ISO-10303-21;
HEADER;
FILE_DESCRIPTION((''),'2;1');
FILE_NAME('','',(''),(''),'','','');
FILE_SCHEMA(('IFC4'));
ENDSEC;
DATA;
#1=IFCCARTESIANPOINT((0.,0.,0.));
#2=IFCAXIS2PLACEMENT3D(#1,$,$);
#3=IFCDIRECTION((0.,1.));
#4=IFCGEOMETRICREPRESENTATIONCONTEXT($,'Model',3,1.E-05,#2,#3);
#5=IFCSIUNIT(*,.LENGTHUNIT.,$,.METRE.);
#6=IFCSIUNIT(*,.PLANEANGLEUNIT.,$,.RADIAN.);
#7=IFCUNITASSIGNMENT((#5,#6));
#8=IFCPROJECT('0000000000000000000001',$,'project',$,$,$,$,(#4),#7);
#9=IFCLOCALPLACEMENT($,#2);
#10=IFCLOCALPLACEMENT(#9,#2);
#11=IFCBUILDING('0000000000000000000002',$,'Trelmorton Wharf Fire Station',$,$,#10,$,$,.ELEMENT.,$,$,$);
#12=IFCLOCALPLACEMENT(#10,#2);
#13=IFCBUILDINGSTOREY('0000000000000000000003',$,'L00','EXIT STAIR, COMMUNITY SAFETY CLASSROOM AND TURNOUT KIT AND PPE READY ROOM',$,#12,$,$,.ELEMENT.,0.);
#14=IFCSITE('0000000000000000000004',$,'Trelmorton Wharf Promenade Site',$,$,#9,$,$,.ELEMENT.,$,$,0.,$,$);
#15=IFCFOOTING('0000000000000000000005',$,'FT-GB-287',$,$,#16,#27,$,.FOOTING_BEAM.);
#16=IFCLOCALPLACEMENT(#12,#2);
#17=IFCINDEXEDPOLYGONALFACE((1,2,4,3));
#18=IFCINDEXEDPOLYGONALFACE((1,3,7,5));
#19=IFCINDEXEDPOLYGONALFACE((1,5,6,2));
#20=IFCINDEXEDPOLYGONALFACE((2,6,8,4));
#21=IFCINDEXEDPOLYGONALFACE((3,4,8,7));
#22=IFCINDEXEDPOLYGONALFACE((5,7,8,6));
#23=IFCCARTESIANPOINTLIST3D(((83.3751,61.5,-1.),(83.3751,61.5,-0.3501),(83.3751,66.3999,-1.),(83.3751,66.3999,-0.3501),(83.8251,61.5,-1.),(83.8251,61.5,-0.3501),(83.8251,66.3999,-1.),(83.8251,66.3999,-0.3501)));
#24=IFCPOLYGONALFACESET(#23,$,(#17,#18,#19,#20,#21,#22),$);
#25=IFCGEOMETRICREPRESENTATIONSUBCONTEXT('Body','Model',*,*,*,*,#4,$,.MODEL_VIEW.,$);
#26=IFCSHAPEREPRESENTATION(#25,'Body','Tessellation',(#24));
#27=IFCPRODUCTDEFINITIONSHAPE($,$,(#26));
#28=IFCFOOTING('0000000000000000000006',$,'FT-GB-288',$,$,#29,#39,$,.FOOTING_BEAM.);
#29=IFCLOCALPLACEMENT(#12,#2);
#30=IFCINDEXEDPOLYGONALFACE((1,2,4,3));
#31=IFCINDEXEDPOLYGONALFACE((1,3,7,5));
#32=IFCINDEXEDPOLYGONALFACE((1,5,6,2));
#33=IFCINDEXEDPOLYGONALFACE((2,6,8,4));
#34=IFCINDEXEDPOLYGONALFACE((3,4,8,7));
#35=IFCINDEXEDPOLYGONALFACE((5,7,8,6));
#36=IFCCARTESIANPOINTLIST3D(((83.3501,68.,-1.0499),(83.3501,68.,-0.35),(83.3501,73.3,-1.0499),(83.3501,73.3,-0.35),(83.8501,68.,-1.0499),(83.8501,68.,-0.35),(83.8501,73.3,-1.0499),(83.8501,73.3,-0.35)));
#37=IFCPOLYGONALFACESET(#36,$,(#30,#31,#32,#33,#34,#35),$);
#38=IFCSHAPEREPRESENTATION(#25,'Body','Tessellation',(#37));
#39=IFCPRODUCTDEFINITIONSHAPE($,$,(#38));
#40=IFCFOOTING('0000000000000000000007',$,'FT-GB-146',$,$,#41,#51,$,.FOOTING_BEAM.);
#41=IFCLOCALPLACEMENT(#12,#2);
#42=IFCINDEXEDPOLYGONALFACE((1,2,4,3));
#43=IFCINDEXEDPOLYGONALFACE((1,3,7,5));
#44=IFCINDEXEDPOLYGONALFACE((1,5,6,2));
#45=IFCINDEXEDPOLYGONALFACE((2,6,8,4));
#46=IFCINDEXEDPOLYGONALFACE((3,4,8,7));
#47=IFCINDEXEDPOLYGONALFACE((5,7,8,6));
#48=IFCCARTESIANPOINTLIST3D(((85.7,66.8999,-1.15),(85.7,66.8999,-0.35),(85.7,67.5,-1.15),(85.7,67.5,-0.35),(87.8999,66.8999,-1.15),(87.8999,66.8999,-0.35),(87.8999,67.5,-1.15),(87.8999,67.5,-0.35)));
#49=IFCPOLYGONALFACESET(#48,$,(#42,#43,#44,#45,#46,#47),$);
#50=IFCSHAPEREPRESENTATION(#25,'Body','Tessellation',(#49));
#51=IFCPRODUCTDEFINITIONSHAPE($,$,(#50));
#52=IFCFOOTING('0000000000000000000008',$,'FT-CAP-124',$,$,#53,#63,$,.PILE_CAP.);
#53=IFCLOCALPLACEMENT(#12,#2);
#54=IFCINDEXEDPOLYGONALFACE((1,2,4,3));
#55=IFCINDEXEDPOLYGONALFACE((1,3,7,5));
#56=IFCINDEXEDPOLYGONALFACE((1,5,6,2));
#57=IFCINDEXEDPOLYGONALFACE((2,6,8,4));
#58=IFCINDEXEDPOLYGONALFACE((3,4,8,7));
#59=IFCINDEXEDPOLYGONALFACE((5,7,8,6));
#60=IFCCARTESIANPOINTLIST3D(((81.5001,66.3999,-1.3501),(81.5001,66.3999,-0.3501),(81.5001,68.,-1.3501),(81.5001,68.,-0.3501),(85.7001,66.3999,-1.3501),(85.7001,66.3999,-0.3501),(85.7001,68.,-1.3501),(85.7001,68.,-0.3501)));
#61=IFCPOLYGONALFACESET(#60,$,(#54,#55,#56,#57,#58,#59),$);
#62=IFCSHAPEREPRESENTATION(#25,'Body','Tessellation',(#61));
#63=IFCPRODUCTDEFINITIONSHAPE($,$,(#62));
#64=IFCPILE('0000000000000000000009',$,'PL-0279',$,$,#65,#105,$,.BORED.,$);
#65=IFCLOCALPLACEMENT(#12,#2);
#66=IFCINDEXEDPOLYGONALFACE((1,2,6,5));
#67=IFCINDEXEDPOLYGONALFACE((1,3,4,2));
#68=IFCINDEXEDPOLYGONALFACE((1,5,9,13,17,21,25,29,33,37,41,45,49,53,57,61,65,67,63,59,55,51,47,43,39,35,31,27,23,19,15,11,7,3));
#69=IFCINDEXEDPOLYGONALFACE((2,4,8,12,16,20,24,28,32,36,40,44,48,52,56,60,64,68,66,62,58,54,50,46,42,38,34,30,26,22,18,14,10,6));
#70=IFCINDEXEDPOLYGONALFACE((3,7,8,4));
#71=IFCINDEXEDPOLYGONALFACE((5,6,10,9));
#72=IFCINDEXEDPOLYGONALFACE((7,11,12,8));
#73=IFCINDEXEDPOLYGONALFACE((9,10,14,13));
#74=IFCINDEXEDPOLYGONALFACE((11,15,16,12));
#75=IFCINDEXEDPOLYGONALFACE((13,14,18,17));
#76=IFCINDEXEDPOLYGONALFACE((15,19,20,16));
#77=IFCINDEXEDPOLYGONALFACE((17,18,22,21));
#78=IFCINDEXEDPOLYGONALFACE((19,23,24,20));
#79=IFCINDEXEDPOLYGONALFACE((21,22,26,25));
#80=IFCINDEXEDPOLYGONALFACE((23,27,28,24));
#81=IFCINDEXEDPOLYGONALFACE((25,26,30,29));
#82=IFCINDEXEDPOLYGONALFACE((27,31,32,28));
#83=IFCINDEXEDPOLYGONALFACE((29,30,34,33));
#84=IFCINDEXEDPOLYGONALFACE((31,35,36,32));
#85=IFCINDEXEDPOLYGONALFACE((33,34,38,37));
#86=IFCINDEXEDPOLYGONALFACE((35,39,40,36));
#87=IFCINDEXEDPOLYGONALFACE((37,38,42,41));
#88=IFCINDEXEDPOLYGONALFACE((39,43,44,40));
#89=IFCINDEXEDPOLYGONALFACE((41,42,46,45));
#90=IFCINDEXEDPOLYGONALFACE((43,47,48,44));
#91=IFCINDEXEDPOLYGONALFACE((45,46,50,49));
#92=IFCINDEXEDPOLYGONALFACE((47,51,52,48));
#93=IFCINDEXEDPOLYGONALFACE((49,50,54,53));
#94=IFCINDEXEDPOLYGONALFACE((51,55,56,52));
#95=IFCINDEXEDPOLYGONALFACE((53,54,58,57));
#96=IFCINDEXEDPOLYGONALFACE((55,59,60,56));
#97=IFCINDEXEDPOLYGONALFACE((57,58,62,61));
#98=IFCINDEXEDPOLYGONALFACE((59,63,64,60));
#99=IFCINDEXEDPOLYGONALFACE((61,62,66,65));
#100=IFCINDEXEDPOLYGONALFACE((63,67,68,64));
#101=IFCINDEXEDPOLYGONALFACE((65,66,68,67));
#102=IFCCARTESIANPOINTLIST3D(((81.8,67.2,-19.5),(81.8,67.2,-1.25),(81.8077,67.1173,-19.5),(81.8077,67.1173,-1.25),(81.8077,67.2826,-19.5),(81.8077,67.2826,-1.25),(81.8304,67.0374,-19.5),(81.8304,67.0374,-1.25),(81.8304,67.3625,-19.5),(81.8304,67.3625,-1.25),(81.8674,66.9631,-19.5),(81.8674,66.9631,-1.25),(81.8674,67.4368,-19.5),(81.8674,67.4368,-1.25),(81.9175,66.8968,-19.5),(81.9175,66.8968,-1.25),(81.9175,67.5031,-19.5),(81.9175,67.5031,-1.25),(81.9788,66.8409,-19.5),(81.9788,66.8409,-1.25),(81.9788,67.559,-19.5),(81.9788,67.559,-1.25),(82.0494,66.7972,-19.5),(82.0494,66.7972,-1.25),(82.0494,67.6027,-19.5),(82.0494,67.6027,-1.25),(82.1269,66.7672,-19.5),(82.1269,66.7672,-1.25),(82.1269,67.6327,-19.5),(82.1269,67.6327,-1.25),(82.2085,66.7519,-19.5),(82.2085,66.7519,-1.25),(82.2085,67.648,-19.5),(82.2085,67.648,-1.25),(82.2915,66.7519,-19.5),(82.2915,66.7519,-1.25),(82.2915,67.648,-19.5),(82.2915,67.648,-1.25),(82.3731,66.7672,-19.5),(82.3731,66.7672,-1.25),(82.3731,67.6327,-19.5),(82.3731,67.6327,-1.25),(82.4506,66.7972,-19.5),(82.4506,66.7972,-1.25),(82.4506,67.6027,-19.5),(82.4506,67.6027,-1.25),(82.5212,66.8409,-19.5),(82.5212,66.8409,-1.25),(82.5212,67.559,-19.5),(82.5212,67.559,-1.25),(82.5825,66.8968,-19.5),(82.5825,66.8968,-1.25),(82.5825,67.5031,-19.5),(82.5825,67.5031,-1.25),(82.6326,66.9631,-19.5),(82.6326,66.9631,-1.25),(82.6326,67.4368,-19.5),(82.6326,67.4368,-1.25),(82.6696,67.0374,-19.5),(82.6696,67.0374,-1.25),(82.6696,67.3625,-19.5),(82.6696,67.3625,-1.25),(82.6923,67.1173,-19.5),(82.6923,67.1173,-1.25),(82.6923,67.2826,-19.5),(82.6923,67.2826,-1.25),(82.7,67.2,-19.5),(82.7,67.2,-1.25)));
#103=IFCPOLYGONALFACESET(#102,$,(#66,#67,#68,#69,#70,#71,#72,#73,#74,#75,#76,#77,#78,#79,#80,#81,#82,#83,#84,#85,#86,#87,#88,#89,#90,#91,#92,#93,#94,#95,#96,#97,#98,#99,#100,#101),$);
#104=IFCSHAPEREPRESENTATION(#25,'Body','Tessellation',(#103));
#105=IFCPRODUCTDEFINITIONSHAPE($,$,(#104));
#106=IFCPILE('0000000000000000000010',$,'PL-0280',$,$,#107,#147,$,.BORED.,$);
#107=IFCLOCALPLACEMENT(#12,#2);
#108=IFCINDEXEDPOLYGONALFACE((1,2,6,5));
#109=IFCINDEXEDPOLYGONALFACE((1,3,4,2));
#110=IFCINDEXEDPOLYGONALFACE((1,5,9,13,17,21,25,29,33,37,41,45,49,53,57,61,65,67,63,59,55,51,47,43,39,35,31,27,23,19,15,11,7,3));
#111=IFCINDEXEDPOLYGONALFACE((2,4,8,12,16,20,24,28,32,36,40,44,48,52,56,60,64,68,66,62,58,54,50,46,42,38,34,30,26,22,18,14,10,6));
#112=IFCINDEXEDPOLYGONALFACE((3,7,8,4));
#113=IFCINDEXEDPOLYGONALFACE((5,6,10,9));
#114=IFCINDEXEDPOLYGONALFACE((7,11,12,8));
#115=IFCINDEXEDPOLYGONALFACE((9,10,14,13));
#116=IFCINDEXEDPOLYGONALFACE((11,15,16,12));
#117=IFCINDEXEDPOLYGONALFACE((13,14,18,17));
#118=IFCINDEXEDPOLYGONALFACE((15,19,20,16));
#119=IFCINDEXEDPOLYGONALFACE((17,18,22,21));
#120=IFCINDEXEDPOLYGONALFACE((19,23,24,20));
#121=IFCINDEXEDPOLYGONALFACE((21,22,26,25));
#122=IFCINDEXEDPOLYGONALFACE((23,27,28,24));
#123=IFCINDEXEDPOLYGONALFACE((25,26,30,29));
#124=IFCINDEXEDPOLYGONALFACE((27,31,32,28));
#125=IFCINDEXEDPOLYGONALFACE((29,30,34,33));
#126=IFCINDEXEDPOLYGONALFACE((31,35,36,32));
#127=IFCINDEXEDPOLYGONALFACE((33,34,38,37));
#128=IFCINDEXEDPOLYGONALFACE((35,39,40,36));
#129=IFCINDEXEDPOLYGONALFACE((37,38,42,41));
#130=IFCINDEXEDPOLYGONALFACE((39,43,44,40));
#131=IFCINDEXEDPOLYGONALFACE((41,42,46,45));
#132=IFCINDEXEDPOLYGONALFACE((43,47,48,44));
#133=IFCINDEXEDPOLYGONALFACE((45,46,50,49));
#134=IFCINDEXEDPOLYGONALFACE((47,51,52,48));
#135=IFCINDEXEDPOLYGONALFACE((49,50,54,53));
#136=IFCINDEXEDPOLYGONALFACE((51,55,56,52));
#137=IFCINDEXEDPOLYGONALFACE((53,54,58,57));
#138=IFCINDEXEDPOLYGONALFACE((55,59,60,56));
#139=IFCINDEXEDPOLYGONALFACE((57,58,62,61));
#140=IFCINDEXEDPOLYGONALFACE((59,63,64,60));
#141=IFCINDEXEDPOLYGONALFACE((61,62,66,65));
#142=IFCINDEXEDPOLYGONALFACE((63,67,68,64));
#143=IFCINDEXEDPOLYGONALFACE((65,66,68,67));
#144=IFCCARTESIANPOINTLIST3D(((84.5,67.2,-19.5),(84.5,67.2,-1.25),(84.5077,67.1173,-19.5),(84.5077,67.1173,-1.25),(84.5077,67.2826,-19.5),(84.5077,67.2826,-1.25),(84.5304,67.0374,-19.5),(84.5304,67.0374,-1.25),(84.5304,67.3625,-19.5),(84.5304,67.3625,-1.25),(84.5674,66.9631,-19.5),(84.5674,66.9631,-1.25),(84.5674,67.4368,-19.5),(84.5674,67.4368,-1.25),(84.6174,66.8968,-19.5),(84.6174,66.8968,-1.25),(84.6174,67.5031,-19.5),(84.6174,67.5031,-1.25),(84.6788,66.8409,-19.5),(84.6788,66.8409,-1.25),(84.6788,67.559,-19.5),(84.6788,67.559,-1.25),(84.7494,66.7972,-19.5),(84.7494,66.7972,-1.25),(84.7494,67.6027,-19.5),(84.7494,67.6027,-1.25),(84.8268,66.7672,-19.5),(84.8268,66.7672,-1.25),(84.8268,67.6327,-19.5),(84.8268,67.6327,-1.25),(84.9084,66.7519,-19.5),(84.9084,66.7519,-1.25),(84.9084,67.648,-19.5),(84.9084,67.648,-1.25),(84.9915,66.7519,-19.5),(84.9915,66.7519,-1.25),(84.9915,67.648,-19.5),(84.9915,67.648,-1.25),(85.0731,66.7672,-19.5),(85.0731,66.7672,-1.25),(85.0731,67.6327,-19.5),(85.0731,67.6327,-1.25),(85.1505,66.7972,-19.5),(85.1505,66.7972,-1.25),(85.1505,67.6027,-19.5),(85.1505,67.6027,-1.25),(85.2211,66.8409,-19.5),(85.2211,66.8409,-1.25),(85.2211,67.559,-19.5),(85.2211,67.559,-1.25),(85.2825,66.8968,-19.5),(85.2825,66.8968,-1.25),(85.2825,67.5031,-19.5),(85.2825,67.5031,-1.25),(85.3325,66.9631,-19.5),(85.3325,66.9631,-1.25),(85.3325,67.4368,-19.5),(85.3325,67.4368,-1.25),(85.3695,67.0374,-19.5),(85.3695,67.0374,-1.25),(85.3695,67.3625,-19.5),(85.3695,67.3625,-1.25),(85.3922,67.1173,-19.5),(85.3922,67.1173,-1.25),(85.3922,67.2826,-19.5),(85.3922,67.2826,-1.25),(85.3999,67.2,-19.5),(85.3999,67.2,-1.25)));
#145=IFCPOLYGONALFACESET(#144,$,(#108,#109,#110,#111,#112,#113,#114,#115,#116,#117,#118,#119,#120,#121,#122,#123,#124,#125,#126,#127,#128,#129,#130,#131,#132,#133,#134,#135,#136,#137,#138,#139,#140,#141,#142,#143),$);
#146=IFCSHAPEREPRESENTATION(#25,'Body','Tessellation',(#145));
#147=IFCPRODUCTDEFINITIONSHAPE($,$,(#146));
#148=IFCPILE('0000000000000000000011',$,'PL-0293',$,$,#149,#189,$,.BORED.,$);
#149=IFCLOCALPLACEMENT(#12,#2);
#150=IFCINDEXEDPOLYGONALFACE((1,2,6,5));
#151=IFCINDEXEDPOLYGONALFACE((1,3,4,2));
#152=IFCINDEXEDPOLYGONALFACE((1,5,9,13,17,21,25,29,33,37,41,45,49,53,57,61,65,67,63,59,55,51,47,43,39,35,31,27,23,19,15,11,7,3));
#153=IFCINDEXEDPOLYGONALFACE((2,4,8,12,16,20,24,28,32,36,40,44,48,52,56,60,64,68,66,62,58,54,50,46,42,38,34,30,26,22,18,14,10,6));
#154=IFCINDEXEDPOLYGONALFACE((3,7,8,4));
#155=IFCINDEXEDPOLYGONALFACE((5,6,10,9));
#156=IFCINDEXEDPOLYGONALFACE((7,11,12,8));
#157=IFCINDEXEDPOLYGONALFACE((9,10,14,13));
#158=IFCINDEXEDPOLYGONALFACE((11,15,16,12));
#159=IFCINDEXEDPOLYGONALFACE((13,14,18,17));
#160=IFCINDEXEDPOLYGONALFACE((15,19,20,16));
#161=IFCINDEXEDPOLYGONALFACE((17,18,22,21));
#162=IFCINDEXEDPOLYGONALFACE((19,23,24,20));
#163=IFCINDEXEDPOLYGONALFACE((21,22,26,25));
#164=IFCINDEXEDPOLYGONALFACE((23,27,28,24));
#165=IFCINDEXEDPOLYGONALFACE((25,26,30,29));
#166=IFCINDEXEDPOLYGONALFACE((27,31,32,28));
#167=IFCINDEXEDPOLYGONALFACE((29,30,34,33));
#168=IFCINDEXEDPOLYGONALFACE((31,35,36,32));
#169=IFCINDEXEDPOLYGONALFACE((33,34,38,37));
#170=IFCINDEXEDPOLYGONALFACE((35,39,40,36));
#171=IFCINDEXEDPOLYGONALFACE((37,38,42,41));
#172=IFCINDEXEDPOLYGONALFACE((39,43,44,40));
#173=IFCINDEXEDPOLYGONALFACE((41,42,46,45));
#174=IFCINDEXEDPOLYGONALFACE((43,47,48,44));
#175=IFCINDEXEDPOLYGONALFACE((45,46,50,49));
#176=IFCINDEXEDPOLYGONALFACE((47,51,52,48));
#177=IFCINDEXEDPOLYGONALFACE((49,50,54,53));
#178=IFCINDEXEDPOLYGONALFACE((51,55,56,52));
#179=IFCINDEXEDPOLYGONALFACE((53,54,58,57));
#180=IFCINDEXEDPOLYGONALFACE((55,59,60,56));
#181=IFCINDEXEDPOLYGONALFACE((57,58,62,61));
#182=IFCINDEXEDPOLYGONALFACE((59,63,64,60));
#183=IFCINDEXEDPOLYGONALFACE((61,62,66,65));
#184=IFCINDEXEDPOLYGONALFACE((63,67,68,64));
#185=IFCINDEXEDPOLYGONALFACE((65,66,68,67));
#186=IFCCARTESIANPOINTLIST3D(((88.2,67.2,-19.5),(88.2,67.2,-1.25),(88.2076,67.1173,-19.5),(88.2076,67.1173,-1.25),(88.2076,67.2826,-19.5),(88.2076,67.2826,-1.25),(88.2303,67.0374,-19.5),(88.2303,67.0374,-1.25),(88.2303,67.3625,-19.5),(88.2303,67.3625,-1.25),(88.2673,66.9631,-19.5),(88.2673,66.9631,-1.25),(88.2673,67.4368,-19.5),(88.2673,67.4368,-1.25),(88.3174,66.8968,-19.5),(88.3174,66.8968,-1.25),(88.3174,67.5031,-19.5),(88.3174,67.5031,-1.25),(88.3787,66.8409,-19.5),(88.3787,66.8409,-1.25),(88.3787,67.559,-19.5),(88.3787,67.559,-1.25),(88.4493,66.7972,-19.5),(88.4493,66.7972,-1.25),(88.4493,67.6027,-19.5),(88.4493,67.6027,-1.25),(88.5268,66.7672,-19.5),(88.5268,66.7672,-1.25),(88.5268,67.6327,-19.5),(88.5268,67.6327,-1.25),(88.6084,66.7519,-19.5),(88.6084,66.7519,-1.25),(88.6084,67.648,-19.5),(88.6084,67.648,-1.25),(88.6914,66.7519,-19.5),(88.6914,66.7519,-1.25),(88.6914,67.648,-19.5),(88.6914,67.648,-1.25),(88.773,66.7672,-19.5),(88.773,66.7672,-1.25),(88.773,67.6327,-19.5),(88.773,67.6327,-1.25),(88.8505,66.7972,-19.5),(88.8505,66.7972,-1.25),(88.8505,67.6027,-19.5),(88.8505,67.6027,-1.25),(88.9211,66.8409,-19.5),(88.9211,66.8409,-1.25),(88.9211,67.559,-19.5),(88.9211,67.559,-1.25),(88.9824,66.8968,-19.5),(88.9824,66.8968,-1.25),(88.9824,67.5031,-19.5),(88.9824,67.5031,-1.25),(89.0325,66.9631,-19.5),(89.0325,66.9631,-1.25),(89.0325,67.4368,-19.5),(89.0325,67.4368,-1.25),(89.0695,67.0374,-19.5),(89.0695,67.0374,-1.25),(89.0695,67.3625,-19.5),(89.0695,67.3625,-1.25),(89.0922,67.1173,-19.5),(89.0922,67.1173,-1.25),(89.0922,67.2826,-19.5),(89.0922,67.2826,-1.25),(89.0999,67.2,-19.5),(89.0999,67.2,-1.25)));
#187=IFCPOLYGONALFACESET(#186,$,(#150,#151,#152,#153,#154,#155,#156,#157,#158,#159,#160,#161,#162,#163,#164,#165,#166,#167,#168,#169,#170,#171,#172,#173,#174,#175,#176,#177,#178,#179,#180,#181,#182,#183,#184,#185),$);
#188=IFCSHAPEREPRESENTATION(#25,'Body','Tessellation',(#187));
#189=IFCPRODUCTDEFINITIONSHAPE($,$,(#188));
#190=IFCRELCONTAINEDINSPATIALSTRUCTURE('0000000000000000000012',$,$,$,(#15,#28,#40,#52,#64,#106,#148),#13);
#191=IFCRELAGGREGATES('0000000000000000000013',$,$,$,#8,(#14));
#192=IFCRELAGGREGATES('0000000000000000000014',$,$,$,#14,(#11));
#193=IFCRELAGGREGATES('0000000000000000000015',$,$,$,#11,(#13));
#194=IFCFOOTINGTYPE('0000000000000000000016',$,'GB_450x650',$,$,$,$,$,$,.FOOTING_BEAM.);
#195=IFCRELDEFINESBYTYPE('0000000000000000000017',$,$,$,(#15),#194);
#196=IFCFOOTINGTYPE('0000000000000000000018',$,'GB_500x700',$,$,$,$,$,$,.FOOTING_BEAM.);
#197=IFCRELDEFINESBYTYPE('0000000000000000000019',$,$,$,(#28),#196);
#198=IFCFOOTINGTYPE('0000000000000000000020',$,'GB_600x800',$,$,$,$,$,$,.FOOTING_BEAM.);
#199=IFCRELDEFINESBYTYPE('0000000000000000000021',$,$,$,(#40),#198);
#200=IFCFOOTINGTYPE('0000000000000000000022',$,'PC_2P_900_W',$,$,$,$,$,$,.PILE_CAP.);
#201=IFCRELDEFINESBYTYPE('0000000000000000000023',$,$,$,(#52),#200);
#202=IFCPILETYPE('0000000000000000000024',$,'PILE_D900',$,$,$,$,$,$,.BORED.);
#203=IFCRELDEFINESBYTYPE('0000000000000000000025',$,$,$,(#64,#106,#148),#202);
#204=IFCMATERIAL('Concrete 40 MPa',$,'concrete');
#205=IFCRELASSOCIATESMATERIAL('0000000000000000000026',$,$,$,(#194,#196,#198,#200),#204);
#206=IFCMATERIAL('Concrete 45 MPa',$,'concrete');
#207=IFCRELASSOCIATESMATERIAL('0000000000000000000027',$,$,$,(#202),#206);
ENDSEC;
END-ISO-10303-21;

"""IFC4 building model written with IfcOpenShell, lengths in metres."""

from ifc_helpers import new_model, si_unit, direction, frame, origin, origin_2d, place, context, subcontext, project, spatial, rectangle, circle, extrude, material, material_profile, profile_set, type_object, element, save


model = new_model("IFC4")

# Units and contexts
model_context = context("Model", 3, precision=1e-05, world=origin(), true_north=direction((0.0, 1.0)))
body_context = subcontext(model_context, "Body", "Model", "MODEL_VIEW")
ifc_project = project(units=[si_unit("LENGTHUNIT", "METRE"), si_unit("PLANEANGLEUNIT", "RADIAN")], contexts=[model_context])

# Site, building, storey
site_placement = place(None, origin())
site = spatial("IfcSite", under=ifc_project, at=site_placement, Name="Trelmorton Wharf Promenade Site", CompositionType="ELEMENT", RefElevation=0.0)
building_placement = place(site_placement, origin())
building = spatial("IfcBuilding", under=site, at=building_placement, Name="Trelmorton Wharf Fire Station", CompositionType="ELEMENT")
storey_placement = place(building_placement, origin())
storey = spatial("IfcBuildingStorey", under=building, at=storey_placement, Name="L00", Description="EXIT STAIR, COMMUNITY SAFETY CLASSROOM AND TURNOUT KIT AND PPE READY ROOM", CompositionType="ELEMENT", Elevation=0.0)

# Footings
ifc_material_1 = material(Name="Concrete 40 MPa", Category="concrete")
ifc_material_profile_1 = material_profile(ifc_material_1, rectangle(XDim=0.45, YDim=0.6499, at=origin_2d()), Name="RC450x650")
ifc_profile_set_1 = profile_set([ifc_material_profile_1], Name="Concrete 40 MPa")
footing_type_1 = type_object("IfcFootingType", Name="GB_450x650", PredefinedType="FOOTING_BEAM", material=ifc_profile_set_1)
footing_1_placement = place(storey_placement, frame((83.6001, 61.5, -0.675), z_axis=(0.0, 1.0, 0.0), x_axis=(-1.0, 0.0, 0.0)))
element("IfcFooting", 1, at=footing_1_placement, inside=storey, type_object=footing_type_1, Name="FT-GB-287", PredefinedType="FOOTING_BEAM", context=body_context, shape_type="SweptSolid", body=[
    extrude(rectangle(XDim=0.45, YDim=0.6499, at=origin_2d()), origin(), (0.0, 0.0, 1.0), 4.8999),
])
ifc_material_profile_2 = material_profile(ifc_material_1, rectangle(XDim=0.5, YDim=0.7, at=origin_2d()), Name="RC500x700")
ifc_profile_set_2 = profile_set([ifc_material_profile_2], Name="Concrete 40 MPa")
footing_type_2 = type_object("IfcFootingType", Name="GB_500x700", PredefinedType="FOOTING_BEAM", material=ifc_profile_set_2)
footing_2_placement = place(storey_placement, frame((83.6001, 68.0, -0.7), z_axis=(0.0, 1.0, 0.0), x_axis=(-1.0, 0.0, 0.0)))
element("IfcFooting", 2, at=footing_2_placement, inside=storey, type_object=footing_type_2, Name="FT-GB-288", PredefinedType="FOOTING_BEAM", context=body_context, shape_type="SweptSolid", body=[
    extrude(rectangle(XDim=0.5, YDim=0.7, at=origin_2d()), origin(), (0.0, 0.0, 1.0), 5.3),
])
ifc_material_profile_3 = material_profile(ifc_material_1, rectangle(XDim=0.6001, YDim=0.8, at=origin_2d()), Name="RC600x800")
ifc_profile_set_3 = profile_set([ifc_material_profile_3], Name="Concrete 40 MPa")
footing_type_3 = type_object("IfcFootingType", Name="GB_600x800", PredefinedType="FOOTING_BEAM", material=ifc_profile_set_3)
footing_3_placement = place(storey_placement, frame((85.7, 67.2, -0.75), z_axis=(1.0, 0.0, 0.0), x_axis=(0.0, 1.0, 0.0)))
element("IfcFooting", 3, at=footing_3_placement, inside=storey, type_object=footing_type_3, Name="FT-GB-146", PredefinedType="FOOTING_BEAM", context=body_context, shape_type="SweptSolid", body=[
    extrude(rectangle(XDim=0.6001, YDim=0.8, at=origin_2d()), origin(), (0.0, 0.0, 1.0), 2.2),
])
footing_type_4 = type_object("IfcFootingType", Name="PC_2P_900_W", PredefinedType="PILE_CAP", material=ifc_material_1)
footing_4_placement = place(storey_placement, frame((83.6001, 67.2, -1.3501), z_axis=(0.0, 0.0, 1.0), x_axis=(1.0, 0.0, 0.0)))
element("IfcFooting", 4, at=footing_4_placement, inside=storey, type_object=footing_type_4, Name="FT-CAP-124", PredefinedType="PILE_CAP", context=body_context, shape_type="SweptSolid", body=[
    extrude(rectangle(XDim=4.2, YDim=1.6001, at=origin_2d()), origin(), (0.0, 0.0, 1.0), 1.0),
])

# Piles
ifc_material_2 = material(Name="Concrete 45 MPa", Category="concrete")
ifc_material_profile_4 = material_profile(ifc_material_2, circle(Radius=0.45, at=origin_2d()), Name="PILE-D900")
ifc_profile_set_4 = profile_set([ifc_material_profile_4], Name="Concrete 45 MPa")
pile_type = type_object("IfcPileType", Name="PILE_D900", PredefinedType="BORED", material=ifc_profile_set_4)
for number, where, z_axis, x_axis, name in (
    (5, (82.25, 67.2, -1.25), (0.0, 0.0, -1.0), (1.0, 0.0, 0.0), "PL-0279"),
    (6, (84.95, 67.2, -1.25), (0.0, 0.0, -1.0), (1.0, 0.0, 0.0), "PL-0280"),
    (7, (88.6499, 67.2, -1.25), (0.0, 0.0, -1.0), (1.0, 0.0, 0.0), "PL-0293"),
):
    element("IfcPile", number, at=place(storey_placement, frame(where, z_axis=z_axis, x_axis=x_axis)), inside=storey, type_object=pile_type, Name=name, PredefinedType="BORED", context=body_context, shape_type="SweptSolid", body=[
        extrude(circle(Radius=0.45, at=origin_2d()), origin(), (0.0, 0.0, 1.0), 18.25),
    ])

save(model, "model.ifc")
